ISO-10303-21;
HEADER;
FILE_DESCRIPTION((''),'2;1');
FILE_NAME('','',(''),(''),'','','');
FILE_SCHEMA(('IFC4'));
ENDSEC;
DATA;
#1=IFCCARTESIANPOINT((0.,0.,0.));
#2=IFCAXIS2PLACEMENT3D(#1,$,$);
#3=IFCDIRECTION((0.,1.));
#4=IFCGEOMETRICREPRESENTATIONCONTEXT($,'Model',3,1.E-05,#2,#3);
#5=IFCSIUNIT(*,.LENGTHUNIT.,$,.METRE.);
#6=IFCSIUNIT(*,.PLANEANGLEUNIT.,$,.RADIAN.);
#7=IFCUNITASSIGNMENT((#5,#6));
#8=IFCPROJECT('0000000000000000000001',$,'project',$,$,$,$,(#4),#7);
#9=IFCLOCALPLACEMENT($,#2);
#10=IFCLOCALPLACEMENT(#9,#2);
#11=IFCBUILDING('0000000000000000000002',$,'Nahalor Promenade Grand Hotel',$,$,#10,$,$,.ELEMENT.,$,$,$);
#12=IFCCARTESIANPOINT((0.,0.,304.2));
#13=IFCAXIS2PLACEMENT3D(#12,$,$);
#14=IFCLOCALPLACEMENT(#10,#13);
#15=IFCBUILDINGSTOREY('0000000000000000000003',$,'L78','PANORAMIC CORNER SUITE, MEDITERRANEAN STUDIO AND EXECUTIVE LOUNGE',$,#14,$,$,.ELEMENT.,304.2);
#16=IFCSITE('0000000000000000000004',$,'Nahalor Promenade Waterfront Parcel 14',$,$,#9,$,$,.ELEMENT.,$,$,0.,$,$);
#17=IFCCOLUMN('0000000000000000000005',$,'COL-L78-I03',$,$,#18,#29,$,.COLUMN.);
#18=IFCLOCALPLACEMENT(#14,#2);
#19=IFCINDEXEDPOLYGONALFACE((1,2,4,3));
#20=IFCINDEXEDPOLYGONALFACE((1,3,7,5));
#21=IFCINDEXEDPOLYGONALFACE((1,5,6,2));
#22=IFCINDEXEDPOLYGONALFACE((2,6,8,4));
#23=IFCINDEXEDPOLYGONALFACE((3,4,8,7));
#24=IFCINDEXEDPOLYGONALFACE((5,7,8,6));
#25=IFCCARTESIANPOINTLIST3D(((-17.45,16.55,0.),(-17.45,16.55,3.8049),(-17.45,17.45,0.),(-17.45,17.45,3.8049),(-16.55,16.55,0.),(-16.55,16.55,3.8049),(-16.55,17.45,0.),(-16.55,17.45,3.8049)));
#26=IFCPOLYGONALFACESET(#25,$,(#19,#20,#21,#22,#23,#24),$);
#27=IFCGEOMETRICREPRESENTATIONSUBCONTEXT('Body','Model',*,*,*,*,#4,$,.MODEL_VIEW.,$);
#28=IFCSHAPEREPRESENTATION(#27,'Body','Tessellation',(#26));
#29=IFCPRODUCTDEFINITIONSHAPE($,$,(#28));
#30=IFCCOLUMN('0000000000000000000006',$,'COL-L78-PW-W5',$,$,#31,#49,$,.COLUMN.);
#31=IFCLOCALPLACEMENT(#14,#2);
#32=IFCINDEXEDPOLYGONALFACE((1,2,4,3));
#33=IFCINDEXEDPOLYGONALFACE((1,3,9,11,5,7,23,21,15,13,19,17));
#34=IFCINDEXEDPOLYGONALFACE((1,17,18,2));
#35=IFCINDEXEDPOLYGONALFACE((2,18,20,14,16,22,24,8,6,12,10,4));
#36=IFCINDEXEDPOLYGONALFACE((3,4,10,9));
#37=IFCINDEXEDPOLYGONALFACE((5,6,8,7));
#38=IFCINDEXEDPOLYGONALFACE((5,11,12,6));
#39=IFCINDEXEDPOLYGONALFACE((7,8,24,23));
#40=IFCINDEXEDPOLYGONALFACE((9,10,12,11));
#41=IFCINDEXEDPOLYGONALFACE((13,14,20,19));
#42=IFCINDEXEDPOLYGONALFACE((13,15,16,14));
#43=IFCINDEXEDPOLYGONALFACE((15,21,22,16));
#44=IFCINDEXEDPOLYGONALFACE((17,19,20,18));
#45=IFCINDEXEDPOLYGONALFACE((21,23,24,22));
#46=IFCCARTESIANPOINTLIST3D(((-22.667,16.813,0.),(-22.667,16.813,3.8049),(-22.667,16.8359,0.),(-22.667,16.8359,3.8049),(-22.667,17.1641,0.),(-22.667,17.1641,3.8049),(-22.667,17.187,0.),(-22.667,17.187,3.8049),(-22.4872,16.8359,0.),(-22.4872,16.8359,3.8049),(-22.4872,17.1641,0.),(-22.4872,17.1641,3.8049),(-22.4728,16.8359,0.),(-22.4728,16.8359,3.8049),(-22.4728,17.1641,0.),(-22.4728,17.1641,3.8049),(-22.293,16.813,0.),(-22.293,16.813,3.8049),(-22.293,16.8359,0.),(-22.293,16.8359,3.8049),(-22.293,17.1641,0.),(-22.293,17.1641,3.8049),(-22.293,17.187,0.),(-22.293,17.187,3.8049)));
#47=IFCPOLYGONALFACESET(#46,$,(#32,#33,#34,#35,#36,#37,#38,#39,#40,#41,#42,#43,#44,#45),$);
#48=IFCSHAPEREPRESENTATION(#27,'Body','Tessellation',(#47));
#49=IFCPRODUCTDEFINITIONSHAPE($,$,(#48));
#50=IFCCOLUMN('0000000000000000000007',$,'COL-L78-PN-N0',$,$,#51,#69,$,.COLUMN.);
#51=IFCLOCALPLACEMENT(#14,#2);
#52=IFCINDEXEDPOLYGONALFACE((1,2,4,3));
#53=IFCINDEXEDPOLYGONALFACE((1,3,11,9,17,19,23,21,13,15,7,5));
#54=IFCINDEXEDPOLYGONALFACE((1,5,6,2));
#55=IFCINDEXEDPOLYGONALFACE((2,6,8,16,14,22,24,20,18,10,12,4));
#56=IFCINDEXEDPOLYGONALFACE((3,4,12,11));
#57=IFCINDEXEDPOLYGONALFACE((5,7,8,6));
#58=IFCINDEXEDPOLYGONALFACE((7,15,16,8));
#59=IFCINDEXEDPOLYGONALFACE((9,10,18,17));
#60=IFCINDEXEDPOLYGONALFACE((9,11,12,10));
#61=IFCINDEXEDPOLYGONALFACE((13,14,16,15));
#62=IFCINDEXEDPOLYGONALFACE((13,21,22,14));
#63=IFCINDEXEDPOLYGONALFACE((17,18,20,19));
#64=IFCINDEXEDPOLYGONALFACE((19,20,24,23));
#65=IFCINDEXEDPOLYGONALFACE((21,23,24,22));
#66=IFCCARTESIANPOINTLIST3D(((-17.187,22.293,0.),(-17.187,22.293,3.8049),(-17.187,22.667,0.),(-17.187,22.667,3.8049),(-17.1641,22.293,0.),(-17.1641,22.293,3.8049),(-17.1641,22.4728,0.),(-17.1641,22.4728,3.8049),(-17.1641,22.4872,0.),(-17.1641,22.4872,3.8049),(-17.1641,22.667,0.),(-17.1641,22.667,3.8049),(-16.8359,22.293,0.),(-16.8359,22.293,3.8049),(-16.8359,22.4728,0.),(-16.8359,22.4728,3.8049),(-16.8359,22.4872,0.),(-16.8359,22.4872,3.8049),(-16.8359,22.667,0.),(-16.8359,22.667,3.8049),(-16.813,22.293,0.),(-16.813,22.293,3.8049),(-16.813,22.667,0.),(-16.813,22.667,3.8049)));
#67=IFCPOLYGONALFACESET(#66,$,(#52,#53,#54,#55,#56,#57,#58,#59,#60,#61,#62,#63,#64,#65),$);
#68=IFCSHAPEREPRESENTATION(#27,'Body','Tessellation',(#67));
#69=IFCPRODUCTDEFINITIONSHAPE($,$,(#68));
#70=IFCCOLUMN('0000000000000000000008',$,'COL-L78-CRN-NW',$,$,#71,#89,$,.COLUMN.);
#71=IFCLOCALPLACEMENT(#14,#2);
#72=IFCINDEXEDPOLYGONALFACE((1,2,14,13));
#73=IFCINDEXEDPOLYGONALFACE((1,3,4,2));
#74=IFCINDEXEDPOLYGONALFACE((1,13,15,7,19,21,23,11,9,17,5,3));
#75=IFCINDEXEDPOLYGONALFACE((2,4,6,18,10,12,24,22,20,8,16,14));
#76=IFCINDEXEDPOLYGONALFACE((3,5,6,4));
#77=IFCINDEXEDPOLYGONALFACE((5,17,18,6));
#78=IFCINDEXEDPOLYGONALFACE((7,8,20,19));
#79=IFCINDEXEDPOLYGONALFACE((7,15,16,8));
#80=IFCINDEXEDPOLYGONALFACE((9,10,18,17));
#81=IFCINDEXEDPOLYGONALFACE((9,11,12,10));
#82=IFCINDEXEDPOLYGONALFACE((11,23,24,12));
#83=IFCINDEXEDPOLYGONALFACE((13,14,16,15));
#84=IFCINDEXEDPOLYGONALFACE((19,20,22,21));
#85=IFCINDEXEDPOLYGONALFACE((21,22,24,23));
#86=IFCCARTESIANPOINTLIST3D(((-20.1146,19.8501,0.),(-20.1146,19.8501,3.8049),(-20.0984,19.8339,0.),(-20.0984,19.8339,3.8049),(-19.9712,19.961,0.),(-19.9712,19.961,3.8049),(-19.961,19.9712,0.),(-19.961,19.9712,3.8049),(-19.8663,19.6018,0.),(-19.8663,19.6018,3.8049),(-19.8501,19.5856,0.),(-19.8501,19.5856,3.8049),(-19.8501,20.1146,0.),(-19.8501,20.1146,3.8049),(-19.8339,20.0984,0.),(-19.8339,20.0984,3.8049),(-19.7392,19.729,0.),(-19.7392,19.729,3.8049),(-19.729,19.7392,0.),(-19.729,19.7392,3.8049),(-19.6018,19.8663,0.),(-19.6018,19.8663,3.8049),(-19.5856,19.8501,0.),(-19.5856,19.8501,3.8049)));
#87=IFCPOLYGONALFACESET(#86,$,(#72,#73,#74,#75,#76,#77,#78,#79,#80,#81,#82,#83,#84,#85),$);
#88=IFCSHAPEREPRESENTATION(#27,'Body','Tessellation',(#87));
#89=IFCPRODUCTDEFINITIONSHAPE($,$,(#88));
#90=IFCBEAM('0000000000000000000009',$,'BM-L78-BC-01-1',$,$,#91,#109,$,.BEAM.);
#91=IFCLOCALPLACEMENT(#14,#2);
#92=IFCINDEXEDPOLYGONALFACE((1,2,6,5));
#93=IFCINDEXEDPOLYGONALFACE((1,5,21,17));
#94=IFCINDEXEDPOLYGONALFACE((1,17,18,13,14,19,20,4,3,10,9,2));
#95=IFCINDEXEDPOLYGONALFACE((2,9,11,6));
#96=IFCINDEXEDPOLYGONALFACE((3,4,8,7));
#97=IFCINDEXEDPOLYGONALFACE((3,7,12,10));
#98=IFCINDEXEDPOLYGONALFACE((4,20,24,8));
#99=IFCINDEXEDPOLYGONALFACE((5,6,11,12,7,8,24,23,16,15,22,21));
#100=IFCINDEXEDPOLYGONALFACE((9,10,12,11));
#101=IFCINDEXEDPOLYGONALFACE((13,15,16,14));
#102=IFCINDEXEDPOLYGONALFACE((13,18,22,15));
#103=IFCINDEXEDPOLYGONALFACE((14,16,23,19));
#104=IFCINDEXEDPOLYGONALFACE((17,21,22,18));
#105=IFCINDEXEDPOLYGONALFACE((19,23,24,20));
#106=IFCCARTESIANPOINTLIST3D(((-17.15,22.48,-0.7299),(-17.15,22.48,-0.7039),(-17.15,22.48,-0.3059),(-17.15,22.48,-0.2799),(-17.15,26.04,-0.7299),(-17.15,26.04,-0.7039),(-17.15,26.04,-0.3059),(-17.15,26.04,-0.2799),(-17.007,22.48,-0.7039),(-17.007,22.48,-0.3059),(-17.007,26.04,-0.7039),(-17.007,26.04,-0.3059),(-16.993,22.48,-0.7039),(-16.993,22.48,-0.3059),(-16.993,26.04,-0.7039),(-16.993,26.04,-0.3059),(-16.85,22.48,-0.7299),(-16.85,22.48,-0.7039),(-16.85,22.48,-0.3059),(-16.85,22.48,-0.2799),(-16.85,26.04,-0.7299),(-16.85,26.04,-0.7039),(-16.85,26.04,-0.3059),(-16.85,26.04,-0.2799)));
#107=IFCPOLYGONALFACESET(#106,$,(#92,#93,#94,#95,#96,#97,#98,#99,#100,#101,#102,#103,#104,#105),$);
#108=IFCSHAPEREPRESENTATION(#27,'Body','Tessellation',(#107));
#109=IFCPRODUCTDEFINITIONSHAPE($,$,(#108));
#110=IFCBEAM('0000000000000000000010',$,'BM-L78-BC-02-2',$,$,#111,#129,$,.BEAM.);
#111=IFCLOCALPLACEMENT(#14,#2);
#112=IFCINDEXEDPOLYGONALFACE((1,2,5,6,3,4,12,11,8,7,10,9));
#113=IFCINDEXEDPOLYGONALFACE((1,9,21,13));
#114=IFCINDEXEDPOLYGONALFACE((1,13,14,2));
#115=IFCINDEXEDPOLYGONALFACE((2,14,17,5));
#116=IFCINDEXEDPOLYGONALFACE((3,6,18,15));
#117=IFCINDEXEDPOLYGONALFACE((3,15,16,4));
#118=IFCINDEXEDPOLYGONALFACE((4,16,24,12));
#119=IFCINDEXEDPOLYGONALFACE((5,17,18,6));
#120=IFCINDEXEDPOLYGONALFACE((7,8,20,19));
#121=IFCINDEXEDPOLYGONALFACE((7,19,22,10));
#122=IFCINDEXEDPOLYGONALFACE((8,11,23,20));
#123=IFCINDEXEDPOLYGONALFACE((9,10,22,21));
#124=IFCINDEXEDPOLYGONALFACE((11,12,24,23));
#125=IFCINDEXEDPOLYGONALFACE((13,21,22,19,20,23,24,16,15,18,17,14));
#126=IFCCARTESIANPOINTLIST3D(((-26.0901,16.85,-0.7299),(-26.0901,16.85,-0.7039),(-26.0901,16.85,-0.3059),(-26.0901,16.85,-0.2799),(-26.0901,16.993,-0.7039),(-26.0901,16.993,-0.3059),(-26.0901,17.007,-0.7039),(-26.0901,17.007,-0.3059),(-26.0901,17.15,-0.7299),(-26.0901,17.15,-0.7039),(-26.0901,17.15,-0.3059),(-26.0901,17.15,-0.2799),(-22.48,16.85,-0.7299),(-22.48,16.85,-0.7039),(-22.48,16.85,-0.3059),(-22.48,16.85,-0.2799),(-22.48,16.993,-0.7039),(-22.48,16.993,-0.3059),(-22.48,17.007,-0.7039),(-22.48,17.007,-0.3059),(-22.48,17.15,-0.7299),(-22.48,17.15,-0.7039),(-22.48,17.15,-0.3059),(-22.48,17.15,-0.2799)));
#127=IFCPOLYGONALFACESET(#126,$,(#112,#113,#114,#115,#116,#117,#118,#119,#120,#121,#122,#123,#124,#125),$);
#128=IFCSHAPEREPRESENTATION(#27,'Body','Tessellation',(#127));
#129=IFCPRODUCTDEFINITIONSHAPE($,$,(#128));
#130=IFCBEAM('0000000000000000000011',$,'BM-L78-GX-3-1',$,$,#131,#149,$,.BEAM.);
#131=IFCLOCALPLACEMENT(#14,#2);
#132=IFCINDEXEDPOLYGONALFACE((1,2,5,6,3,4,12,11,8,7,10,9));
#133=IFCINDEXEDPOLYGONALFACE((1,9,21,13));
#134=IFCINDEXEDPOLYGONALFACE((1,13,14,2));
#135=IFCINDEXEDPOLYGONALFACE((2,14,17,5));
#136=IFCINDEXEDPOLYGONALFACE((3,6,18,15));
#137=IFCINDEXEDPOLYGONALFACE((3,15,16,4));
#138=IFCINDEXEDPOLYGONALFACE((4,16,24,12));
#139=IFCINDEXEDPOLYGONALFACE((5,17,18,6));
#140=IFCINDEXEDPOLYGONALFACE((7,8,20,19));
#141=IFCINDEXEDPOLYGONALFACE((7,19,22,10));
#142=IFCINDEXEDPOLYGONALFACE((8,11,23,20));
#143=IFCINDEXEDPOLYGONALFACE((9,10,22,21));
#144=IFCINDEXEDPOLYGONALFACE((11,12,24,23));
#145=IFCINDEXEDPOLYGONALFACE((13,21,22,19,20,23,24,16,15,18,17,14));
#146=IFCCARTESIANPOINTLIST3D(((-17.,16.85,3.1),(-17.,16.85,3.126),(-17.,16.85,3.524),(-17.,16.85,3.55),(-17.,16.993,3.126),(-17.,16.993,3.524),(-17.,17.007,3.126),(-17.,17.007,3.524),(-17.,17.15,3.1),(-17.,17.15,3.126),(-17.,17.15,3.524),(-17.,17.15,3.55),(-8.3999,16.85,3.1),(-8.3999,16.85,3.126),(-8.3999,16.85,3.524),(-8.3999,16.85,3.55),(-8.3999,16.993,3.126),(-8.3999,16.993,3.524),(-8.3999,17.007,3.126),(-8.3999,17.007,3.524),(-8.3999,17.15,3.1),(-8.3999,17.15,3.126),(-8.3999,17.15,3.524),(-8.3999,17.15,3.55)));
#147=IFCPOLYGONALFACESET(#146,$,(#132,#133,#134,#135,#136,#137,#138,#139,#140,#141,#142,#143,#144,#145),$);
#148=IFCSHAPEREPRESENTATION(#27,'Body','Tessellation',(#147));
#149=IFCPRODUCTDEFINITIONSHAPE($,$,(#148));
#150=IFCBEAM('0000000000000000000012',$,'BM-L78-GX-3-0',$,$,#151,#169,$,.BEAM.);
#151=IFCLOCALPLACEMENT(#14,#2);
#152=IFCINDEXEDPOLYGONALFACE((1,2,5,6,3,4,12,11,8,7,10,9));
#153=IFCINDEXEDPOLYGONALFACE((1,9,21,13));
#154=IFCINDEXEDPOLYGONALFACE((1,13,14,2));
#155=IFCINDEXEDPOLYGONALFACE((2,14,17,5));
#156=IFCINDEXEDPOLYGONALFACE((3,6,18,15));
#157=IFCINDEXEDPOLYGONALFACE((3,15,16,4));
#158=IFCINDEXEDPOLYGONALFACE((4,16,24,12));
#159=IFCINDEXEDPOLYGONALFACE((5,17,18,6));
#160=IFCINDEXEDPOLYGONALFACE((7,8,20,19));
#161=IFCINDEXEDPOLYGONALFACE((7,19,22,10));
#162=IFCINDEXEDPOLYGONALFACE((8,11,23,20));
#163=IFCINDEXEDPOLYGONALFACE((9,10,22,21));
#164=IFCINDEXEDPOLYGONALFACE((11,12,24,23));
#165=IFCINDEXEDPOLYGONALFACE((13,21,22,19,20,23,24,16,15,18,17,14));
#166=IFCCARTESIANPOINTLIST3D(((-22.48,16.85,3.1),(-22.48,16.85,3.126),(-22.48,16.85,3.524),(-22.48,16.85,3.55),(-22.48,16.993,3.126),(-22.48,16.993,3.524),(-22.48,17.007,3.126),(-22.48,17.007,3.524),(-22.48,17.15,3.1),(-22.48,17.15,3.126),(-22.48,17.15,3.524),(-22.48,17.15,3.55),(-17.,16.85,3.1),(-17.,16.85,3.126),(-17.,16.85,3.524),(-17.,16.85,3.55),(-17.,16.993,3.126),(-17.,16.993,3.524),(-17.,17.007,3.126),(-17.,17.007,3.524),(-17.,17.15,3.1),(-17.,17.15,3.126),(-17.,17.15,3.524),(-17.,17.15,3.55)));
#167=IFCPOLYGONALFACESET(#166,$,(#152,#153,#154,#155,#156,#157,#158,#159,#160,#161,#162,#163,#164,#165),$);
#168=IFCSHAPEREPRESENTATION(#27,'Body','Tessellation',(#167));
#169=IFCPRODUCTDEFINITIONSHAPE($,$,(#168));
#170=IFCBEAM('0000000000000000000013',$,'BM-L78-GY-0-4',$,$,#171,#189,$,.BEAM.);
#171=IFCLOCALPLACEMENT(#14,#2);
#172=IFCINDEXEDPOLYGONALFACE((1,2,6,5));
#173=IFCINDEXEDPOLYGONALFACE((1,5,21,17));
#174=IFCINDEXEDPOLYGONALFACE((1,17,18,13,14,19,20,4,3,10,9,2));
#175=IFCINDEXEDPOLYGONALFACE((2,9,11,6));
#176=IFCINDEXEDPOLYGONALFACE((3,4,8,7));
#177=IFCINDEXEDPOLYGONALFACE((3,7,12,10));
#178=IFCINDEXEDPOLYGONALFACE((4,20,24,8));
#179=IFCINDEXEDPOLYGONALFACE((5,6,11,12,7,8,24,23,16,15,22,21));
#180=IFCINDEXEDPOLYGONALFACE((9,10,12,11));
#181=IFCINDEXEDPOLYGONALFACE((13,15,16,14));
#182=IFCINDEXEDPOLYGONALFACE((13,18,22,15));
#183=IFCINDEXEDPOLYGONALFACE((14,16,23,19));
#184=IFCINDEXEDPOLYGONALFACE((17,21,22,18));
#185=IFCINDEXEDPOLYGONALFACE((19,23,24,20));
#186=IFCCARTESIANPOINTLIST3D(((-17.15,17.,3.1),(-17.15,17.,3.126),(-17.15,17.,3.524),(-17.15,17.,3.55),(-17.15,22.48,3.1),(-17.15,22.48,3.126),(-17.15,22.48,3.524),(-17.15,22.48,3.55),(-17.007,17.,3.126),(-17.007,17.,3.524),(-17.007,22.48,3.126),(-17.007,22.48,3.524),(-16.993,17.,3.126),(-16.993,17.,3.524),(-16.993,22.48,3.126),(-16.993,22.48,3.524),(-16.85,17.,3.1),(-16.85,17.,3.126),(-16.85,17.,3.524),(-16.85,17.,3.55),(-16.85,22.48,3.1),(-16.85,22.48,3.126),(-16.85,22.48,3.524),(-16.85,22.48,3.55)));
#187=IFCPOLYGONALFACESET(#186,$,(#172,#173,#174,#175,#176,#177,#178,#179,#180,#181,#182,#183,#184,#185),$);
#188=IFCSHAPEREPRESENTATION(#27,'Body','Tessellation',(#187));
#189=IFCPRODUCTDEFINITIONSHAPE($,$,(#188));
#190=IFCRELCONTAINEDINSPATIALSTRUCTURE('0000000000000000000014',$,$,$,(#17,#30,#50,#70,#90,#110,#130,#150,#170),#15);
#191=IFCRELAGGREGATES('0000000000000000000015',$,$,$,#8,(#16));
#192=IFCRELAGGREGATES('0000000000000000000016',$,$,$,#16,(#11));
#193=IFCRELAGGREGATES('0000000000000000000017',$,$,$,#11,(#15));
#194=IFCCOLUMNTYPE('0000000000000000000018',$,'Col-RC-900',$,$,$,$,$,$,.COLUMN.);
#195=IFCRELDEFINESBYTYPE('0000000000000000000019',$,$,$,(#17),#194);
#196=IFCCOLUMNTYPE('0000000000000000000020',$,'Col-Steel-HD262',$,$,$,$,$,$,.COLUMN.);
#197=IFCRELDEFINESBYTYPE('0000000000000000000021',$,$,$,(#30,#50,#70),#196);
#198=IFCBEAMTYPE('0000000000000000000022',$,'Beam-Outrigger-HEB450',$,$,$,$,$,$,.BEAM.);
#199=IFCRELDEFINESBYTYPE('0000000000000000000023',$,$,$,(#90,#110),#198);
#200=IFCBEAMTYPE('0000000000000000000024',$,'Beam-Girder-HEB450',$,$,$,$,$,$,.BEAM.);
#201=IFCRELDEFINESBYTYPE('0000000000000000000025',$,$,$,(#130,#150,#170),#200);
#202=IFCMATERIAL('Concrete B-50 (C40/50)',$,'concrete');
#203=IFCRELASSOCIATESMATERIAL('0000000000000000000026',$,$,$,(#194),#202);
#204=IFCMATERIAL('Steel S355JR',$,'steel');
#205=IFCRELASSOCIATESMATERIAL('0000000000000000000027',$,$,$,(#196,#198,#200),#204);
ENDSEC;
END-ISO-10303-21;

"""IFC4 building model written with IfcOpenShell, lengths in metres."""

from ifc_helpers import new_model, si_unit, direction, frame, origin, origin_2d, place, context, subcontext, project, spatial, rectangle, i_section, extrude, source, transform, mapped, material, material_profile, profile_set, type_object, element, save


model = new_model("IFC4")

# Units and contexts
model_context = context("Model", 3, precision=1e-05, world=origin(), true_north=direction((0.0, 1.0)))
body_context = subcontext(model_context, "Body", "Model", "MODEL_VIEW")
ifc_project = project(units=[si_unit("LENGTHUNIT", "METRE"), si_unit("PLANEANGLEUNIT", "RADIAN")], contexts=[model_context])

# Site, building, storey
site_placement = place(None, origin())
site = spatial("IfcSite", under=ifc_project, at=site_placement, Name="Nahalor Promenade Waterfront Parcel 14", CompositionType="ELEMENT", RefElevation=0.0)
building_placement = place(site_placement, origin())
building = spatial("IfcBuilding", under=site, at=building_placement, Name="Nahalor Promenade Grand Hotel", CompositionType="ELEMENT")
storey_placement = place(building_placement, frame((0.0, 0.0, 304.2)))
storey = spatial("IfcBuildingStorey", under=building, at=storey_placement, Name="L78", Description="PANORAMIC CORNER SUITE, MEDITERRANEAN STUDIO AND EXECUTIVE LOUNGE", CompositionType="ELEMENT", Elevation=304.2)

# Columns
ifc_material_1 = material(Name="Concrete B-50 (C40/50)", Category="concrete")
ifc_material_profile_1 = material_profile(ifc_material_1, rectangle(XDim=0.9, YDim=0.9, at=origin_2d()), Name="RC 900x900")
ifc_profile_set_1 = profile_set([ifc_material_profile_1], Name="Concrete B-50 (C40/50)")
column_type_1 = type_object("IfcColumnType", Name="Col-RC-900", PredefinedType="COLUMN", material=ifc_profile_set_1)
shared_shape_1 = source(origin(), body_context, "Body", "SweptSolid", [
    extrude(rectangle(XDim=0.9, YDim=0.9, at=origin_2d()), origin(), (0.0, 0.0, 1.0), 3.8049),
])
column_placement = place(storey_placement, frame((-17.0, 17.0, 0.0), z_axis=(0.0, 0.0, 1.0), x_axis=(1.0, 0.0, 0.0)))
element("IfcColumn", 1, at=column_placement, inside=storey, type_object=column_type_1, Name="COL-L78-I03", PredefinedType="COLUMN", context=body_context, shape_type="MappedRepresentation", body=[
    mapped(shared_shape_1, transform((0.0, 0.0, 0.0), scale=1.0)),
])
ifc_material_2 = material(Name="Steel S355JR", Category="steel")
ifc_material_profile_2 = material_profile(ifc_material_2, i_section(OverallWidth=0.374, OverallDepth=0.374, WebThickness=0.0144, FlangeThickness=0.0229, at=origin_2d()), Name="HD 360x262")
ifc_profile_set_2 = profile_set([ifc_material_profile_2], Name="Steel S355JR")
column_type_2 = type_object("IfcColumnType", Name="Col-Steel-HD262", PredefinedType="COLUMN", material=ifc_profile_set_2)
shared_shape_2 = source(origin(), body_context, "Body", "SweptSolid", [
    extrude(i_section(OverallWidth=0.374, OverallDepth=0.374, WebThickness=0.0144, FlangeThickness=0.0229, at=origin_2d()), origin(), (0.0, 0.0, 1.0), 3.8049),
])
for number, where, z_axis, x_axis, name in (
    (2, (-22.48, 17.0, 0.0), (0.0, 0.0, 1.0), (1.0, 0.0, 0.0), "COL-L78-PW-W5"),
    (3, (-17.0, 22.48, 0.0), (0.0, 0.0, 1.0), (0.0, 1.0, 0.0), "COL-L78-PN-N0"),
    (4, (-19.8501, 19.8501, 0.0), (0.0, 0.0, 1.0), (0.707107, 0.707107, 0.0), "COL-L78-CRN-NW"),
):
    element("IfcColumn", number, at=place(storey_placement, frame(where, z_axis=z_axis, x_axis=x_axis)), inside=storey, type_object=column_type_2, Name=name, PredefinedType="COLUMN", context=body_context, shape_type="MappedRepresentation", body=[
        mapped(shared_shape_2, transform((0.0, 0.0, 0.0), scale=1.0)),
    ])

# Beams
ifc_material_profile_3 = material_profile(ifc_material_2, i_section(OverallWidth=0.3, OverallDepth=0.45, WebThickness=0.014, FlangeThickness=0.026, at=origin_2d()), Name="HEB 450")
ifc_profile_set_3 = profile_set([ifc_material_profile_3], Name="Steel S355JR")
beam_type_1 = type_object("IfcBeamType", Name="Beam-Outrigger-HEB450", PredefinedType="BEAM", material=ifc_profile_set_3)
shared_shape_3 = source(origin(), body_context, "Body", "SweptSolid", [
    extrude(i_section(OverallWidth=0.3, OverallDepth=0.45, WebThickness=0.014, FlangeThickness=0.026, at=origin_2d()), origin(), (0.0, 0.0, 1.0), 3.5601),
])
beam_1_placement = place(storey_placement, frame((-17.0, 22.48, -0.5049), z_axis=(0.0, 1.0, 0.0), x_axis=(-1.0, 0.0, 0.0)))
element("IfcBeam", 5, at=beam_1_placement, inside=storey, type_object=beam_type_1, Name="BM-L78-BC-01-1", PredefinedType="BEAM", context=body_context, shape_type="MappedRepresentation", body=[
    mapped(shared_shape_3, transform((0.0, 0.0, 0.0), scale=1.0)),
])
shared_shape_4 = source(origin(), body_context, "Body", "SweptSolid", [
    extrude(i_section(OverallWidth=0.3, OverallDepth=0.45, WebThickness=0.014, FlangeThickness=0.026, at=origin_2d()), origin(), (0.0, 0.0, 1.0), 3.6101),
])
beam_2_placement = place(storey_placement, frame((-26.0901, 17.0, -0.5049), z_axis=(1.0, 0.0, 0.0), x_axis=(0.0, 1.0, 0.0)))
element("IfcBeam", 6, at=beam_2_placement, inside=storey, type_object=beam_type_1, Name="BM-L78-BC-02-2", PredefinedType="BEAM", context=body_context, shape_type="MappedRepresentation", body=[
    mapped(shared_shape_4, transform((0.0, 0.0, 0.0), scale=1.0)),
])
ifc_material_profile_4 = material_profile(ifc_material_2, i_section(OverallWidth=0.3, OverallDepth=0.45, WebThickness=0.014, FlangeThickness=0.026, at=origin_2d()), Name="HEB 450")
ifc_profile_set_4 = profile_set([ifc_material_profile_4], Name="Steel S355JR")
beam_type_2 = type_object("IfcBeamType", Name="Beam-Girder-HEB450", PredefinedType="BEAM", material=ifc_profile_set_4)
shared_shape_5 = source(origin(), body_context, "Body", "SweptSolid", [
    extrude(i_section(OverallWidth=0.3, OverallDepth=0.45, WebThickness=0.014, FlangeThickness=0.026, at=origin_2d()), origin(), (0.0, 0.0, 1.0), 8.6001),
])
beam_3_placement = place(storey_placement, frame((-17.0, 17.0, 3.325), z_axis=(1.0, 0.0, 0.0), x_axis=(0.0, 1.0, 0.0)))
element("IfcBeam", 7, at=beam_3_placement, inside=storey, type_object=beam_type_2, Name="BM-L78-GX-3-1", PredefinedType="BEAM", context=body_context, shape_type="MappedRepresentation", body=[
    mapped(shared_shape_5, transform((0.0, 0.0, 0.0), scale=1.0)),
])
shared_shape_6 = source(origin(), body_context, "Body", "SweptSolid", [
    extrude(i_section(OverallWidth=0.3, OverallDepth=0.45, WebThickness=0.014, FlangeThickness=0.026, at=origin_2d()), origin(), (0.0, 0.0, 1.0), 5.48),
])
for number, where, z_axis, x_axis, name in (
    (8, (-22.48, 17.0, 3.325), (1.0, 0.0, 0.0), (0.0, 1.0, 0.0), "BM-L78-GX-3-0"),
    (9, (-17.0, 17.0, 3.325), (0.0, 1.0, 0.0), (-1.0, 0.0, 0.0), "BM-L78-GY-0-4"),
):
    element("IfcBeam", number, at=place(storey_placement, frame(where, z_axis=z_axis, x_axis=x_axis)), inside=storey, type_object=beam_type_2, Name=name, PredefinedType="BEAM", context=body_context, shape_type="MappedRepresentation", body=[
        mapped(shared_shape_6, transform((0.0, 0.0, 0.0), scale=1.0)),
    ])

save(model, "model.ifc")
